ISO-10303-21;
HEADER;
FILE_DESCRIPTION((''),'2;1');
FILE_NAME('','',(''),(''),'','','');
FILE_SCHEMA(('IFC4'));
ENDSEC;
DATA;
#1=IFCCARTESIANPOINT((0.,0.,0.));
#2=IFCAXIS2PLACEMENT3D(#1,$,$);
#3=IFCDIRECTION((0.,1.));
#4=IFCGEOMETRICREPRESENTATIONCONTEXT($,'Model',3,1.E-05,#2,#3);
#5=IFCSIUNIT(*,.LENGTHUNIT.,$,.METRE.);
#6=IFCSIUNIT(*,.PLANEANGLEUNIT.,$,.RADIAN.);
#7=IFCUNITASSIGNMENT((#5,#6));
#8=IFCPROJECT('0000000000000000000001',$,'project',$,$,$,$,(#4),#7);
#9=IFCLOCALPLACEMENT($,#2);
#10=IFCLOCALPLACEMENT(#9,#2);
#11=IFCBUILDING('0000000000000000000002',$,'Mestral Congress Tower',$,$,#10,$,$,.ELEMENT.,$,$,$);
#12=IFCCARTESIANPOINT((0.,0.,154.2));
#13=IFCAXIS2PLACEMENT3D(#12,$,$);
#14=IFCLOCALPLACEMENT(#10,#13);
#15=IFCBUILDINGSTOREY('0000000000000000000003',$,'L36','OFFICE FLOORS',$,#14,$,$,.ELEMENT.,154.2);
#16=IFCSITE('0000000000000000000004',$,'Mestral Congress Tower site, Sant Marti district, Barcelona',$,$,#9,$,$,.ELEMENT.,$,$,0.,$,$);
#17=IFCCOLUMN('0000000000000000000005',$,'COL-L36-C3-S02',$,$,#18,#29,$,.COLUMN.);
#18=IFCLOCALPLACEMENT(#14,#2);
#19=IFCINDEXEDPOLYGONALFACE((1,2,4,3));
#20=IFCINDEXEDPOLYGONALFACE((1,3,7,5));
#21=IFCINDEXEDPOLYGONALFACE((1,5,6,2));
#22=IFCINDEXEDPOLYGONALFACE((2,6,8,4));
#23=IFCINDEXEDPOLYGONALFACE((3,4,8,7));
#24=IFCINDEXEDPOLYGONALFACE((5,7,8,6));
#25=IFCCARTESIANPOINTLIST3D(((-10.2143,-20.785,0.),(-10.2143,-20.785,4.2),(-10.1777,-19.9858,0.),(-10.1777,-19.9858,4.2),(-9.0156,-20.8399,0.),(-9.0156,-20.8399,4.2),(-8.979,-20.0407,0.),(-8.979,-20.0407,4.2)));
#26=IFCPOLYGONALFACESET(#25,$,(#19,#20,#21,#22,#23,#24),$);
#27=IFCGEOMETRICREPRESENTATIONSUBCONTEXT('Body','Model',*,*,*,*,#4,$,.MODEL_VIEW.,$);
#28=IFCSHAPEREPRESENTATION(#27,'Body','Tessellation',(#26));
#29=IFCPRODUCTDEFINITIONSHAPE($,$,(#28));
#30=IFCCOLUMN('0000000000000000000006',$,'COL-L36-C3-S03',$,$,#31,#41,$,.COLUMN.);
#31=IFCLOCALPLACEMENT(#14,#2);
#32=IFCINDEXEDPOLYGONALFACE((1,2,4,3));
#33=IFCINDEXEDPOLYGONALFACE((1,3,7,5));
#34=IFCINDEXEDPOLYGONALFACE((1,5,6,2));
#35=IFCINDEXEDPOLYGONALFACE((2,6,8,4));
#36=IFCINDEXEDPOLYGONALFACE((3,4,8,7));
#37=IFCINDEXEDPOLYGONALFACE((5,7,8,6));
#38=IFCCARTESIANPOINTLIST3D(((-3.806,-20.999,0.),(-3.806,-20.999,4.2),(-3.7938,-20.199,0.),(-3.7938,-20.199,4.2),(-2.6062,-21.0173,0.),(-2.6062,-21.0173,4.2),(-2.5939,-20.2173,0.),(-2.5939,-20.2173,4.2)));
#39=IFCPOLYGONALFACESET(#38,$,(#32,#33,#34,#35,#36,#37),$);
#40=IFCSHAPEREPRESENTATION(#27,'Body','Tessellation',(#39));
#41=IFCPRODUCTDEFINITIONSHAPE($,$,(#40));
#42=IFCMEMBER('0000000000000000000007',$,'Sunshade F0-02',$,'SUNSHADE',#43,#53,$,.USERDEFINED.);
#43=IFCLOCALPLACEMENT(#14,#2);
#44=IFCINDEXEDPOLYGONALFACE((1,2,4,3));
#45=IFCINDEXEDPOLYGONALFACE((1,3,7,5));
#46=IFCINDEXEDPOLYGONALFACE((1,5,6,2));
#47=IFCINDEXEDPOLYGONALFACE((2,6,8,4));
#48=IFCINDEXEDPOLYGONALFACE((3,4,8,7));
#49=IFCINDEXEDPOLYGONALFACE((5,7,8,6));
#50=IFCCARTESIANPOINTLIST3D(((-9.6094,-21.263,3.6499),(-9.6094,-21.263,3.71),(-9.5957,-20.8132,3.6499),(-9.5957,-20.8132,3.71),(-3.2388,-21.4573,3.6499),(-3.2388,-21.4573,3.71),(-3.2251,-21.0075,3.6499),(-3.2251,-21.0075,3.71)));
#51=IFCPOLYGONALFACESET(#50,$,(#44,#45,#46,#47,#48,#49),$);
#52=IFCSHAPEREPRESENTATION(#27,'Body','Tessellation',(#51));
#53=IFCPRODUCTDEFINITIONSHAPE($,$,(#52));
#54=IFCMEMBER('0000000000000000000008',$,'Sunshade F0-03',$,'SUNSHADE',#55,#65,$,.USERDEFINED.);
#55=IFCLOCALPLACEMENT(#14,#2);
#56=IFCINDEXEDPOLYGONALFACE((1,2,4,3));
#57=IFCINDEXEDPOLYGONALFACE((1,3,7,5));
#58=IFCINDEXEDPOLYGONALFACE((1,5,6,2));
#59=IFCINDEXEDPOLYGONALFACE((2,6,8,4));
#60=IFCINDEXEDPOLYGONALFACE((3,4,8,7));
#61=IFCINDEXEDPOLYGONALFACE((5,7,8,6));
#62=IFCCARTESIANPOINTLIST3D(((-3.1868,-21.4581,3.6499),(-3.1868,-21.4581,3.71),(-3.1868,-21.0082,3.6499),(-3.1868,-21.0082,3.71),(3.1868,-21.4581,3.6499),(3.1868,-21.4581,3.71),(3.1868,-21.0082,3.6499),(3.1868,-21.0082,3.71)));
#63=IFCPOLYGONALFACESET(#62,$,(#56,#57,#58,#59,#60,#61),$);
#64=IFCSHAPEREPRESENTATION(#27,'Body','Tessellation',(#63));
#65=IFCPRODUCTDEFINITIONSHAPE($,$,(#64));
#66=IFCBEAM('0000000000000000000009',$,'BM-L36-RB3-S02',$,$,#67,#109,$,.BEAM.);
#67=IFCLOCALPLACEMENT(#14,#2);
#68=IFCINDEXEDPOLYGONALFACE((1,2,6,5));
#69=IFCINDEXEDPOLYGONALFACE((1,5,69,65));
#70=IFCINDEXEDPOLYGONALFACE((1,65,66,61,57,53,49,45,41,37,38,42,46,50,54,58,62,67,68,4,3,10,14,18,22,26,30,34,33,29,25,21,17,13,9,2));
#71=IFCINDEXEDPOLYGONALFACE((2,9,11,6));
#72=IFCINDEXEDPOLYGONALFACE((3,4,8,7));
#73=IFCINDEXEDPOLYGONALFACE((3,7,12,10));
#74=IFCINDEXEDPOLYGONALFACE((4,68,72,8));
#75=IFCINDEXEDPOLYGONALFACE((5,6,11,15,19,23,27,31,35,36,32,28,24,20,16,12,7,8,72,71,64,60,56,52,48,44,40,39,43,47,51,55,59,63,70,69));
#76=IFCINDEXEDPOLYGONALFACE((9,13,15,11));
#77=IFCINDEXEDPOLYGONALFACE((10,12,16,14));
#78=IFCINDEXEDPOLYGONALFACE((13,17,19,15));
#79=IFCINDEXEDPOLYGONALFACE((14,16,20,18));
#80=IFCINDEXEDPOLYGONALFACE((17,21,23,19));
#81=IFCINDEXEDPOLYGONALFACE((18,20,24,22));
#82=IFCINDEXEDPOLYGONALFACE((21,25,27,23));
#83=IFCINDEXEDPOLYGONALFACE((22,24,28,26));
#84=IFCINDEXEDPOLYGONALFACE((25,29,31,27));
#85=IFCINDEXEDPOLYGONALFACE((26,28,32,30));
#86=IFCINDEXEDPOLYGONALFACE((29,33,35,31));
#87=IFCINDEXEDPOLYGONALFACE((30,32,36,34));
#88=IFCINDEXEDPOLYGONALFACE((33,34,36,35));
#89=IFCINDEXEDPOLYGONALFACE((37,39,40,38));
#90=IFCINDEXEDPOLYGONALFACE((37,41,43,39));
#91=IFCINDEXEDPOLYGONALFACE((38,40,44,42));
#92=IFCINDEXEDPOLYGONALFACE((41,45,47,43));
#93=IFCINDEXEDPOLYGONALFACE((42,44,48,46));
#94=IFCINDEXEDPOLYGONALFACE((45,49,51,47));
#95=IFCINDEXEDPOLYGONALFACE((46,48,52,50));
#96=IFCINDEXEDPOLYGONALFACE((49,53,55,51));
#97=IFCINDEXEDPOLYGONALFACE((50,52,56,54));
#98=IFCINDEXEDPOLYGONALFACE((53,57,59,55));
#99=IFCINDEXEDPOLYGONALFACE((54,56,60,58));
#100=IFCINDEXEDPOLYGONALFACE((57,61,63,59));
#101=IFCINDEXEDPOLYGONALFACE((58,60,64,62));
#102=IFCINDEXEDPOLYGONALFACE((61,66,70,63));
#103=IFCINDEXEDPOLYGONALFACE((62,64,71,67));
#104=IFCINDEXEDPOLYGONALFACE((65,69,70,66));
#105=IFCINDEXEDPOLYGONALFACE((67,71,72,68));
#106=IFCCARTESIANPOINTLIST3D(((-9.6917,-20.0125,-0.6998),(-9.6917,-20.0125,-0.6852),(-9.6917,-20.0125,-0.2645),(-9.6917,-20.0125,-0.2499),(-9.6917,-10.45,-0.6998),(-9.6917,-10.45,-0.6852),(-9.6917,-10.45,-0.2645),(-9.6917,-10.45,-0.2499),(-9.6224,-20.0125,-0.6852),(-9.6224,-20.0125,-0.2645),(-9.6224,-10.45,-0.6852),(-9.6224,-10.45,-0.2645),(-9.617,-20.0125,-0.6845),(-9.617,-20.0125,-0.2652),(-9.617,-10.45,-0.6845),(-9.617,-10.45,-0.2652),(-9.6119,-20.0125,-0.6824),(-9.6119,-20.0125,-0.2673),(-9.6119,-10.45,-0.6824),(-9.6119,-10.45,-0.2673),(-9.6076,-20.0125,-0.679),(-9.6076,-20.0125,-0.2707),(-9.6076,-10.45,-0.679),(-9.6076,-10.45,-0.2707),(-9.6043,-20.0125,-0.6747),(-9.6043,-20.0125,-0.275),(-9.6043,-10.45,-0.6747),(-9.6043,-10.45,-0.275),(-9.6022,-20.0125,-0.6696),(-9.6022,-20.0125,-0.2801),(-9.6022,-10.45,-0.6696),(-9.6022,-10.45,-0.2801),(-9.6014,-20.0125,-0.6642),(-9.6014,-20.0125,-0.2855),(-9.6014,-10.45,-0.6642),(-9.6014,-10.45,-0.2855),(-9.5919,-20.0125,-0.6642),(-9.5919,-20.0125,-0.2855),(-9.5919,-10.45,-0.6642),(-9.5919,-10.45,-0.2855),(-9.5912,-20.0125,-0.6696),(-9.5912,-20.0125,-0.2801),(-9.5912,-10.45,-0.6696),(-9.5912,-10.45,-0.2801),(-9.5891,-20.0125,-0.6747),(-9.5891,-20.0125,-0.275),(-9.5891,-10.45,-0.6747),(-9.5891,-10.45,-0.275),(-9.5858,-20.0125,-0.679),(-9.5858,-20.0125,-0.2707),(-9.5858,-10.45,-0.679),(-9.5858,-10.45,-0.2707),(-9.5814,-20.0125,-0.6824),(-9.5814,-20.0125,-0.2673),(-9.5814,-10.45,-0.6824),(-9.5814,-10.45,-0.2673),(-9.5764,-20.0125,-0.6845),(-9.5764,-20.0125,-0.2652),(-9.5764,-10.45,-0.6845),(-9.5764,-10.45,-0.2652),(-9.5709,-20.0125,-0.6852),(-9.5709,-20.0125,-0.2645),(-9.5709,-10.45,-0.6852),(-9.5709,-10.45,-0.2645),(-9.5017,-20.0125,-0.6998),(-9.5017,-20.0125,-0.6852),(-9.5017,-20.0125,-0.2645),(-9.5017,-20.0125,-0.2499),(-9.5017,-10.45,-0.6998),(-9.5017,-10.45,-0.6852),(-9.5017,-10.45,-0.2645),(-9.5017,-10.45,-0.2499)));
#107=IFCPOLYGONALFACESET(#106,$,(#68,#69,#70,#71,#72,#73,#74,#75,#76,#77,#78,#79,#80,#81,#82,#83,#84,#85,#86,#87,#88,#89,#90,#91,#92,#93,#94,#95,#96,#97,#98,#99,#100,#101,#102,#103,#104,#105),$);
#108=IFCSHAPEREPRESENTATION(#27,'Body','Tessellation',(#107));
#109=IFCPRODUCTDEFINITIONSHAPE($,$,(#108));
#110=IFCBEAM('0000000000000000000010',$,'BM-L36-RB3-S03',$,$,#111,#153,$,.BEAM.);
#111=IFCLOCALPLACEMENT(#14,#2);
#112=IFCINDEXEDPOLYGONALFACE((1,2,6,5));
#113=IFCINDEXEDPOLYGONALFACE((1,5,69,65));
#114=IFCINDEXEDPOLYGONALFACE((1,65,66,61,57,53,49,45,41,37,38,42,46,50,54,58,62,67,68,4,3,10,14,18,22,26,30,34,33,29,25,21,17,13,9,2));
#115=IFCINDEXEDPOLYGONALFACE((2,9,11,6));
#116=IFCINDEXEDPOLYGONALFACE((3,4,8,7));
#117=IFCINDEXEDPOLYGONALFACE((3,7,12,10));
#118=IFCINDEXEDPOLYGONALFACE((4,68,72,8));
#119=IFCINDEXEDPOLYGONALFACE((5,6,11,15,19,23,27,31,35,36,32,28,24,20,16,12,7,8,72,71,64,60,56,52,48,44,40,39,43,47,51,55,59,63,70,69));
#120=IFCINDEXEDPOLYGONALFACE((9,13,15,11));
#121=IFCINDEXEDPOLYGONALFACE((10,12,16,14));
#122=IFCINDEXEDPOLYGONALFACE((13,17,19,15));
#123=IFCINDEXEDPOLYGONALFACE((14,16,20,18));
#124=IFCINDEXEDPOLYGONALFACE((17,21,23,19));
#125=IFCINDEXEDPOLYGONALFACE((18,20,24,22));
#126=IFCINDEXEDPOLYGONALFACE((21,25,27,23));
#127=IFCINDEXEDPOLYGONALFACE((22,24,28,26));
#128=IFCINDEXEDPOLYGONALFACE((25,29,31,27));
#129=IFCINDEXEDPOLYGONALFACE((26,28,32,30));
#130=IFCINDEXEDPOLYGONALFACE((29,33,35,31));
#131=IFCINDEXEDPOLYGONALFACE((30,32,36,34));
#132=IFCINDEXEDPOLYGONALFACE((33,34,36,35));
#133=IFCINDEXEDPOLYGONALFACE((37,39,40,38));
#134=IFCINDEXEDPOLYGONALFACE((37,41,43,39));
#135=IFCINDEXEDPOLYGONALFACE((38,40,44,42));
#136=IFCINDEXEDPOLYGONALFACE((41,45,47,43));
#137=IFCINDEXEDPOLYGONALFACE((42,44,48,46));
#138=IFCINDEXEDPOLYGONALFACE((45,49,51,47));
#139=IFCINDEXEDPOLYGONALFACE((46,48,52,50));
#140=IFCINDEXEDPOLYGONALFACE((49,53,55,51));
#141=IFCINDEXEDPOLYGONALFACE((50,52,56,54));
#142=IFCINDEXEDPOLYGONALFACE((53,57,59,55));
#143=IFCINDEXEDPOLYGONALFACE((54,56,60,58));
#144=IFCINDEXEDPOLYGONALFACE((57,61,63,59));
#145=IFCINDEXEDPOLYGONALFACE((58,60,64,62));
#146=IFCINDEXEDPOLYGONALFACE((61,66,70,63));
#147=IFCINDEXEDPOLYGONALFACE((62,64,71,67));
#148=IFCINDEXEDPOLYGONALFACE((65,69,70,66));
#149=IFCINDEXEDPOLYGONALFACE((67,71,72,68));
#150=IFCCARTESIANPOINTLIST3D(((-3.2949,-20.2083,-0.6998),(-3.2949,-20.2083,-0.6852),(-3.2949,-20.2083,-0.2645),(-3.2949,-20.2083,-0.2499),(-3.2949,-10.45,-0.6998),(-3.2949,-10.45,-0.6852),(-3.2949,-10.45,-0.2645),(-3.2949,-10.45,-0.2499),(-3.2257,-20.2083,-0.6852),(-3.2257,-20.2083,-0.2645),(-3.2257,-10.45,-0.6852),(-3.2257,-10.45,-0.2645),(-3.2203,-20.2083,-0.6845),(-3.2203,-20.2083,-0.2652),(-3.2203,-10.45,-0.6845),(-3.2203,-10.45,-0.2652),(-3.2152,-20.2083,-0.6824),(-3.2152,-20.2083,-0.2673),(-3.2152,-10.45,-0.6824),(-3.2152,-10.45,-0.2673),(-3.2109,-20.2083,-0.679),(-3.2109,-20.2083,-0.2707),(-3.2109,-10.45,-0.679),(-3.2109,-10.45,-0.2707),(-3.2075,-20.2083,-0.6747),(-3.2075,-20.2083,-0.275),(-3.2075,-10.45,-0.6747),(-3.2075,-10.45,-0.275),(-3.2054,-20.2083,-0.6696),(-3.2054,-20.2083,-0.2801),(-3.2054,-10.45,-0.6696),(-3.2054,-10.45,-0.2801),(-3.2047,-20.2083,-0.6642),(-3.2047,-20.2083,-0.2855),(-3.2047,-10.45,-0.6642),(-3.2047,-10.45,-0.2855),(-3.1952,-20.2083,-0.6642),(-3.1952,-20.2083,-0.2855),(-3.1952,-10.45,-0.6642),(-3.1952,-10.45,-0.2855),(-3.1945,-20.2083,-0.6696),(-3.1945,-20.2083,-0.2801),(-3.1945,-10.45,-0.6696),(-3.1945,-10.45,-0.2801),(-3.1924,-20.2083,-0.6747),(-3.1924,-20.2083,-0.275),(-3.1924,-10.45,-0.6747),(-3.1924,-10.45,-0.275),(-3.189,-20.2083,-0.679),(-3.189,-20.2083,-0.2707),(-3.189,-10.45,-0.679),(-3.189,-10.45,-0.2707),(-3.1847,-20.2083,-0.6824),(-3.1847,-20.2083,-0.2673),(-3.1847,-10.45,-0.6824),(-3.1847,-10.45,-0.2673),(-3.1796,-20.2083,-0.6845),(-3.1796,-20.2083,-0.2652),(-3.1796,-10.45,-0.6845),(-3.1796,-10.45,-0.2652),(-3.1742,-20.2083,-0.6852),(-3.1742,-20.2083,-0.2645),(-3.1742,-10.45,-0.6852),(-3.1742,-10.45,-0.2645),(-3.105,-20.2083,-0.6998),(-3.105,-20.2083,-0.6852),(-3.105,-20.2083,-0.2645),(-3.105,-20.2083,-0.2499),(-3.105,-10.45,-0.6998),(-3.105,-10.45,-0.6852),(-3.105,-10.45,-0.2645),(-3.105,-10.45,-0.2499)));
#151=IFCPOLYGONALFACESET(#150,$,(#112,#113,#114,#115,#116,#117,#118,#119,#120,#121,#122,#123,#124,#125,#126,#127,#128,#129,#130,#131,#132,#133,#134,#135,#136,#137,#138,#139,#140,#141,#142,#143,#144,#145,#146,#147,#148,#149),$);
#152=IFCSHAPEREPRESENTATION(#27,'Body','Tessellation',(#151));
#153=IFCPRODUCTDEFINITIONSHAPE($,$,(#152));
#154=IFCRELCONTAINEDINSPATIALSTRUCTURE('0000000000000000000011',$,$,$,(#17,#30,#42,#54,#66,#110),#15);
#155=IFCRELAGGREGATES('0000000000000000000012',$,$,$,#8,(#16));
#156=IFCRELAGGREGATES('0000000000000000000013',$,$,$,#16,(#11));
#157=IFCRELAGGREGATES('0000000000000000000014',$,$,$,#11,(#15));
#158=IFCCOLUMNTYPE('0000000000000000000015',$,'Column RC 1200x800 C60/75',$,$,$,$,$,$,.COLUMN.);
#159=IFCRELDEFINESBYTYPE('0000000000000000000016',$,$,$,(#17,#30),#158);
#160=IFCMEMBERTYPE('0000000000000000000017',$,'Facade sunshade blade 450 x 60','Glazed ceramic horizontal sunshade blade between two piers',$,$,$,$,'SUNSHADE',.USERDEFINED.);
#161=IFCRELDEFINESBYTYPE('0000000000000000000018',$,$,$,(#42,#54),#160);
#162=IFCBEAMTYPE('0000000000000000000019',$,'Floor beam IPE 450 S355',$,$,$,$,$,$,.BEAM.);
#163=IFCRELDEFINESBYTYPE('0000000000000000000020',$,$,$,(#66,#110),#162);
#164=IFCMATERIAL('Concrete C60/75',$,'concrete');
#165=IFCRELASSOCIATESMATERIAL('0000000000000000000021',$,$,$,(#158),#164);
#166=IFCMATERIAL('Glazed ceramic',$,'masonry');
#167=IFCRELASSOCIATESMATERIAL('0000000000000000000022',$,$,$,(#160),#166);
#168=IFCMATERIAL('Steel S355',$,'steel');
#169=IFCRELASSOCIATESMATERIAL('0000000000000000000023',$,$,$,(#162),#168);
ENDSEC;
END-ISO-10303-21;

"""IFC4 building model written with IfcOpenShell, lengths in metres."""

from ifc_helpers import new_model, si_unit, direction, frame, origin, origin_2d, place, context, subcontext, project, spatial, rectangle, i_section, extrude, material, material_profile, profile_set, type_object, element, save


model = new_model("IFC4")

# Units and contexts
model_context = context("Model", 3, precision=1e-05, world=origin(), true_north=direction((0.0, 1.0)))
body_context = subcontext(model_context, "Body", "Model", "MODEL_VIEW")
ifc_project = project(units=[si_unit("LENGTHUNIT", "METRE"), si_unit("PLANEANGLEUNIT", "RADIAN")], contexts=[model_context])

# Site, building, storey
site_placement = place(None, origin())
site = spatial("IfcSite", under=ifc_project, at=site_placement, Name="Mestral Congress Tower site, Sant Marti district, Barcelona", CompositionType="ELEMENT", RefElevation=0.0)
building_placement = place(site_placement, origin())
building = spatial("IfcBuilding", under=site, at=building_placement, Name="Mestral Congress Tower", CompositionType="ELEMENT")
storey_placement = place(building_placement, frame((0.0, 0.0, 154.2)))
storey = spatial("IfcBuildingStorey", under=building, at=storey_placement, Name="L36", Description="OFFICE FLOORS", CompositionType="ELEMENT", Elevation=154.2)

# Columns
ifc_material_1 = material(Name="Concrete C60/75", Category="concrete")
ifc_material_profile_1 = material_profile(ifc_material_1, rectangle(XDim=1.2, YDim=0.8, at=origin_2d()), Name="RC 1200x800")
ifc_profile_set_1 = profile_set([ifc_material_profile_1], Name="Concrete C60/75")
column_type = type_object("IfcColumnType", Name="Column RC 1200x800 C60/75", PredefinedType="COLUMN", material=ifc_profile_set_1)
for number, where, z_axis, x_axis, name in (
    (1, (-9.5967, -20.4128, 0.0), (0.0, 0.0, 1.0), (0.998952, -0.045771, 0.0), "COL-L36-C3-S02"),
    (2, (-3.2, -20.6082, 0.0), (0.0, 0.0, 1.0), (0.999884, -0.015262, 0.0), "COL-L36-C3-S03"),
):
    element("IfcColumn", number, at=place(storey_placement, frame(where, z_axis=z_axis, x_axis=x_axis)), inside=storey, type_object=column_type, Name=name, PredefinedType="COLUMN", context=body_context, shape_type="SweptSolid", body=[
        extrude(rectangle(XDim=1.2, YDim=0.8, at=origin_2d()), origin(), (0.0, 0.0, 1.0), 4.2),
    ])

# Members
ifc_material_2 = material(Name="Glazed ceramic", Category="masonry")
ifc_material_profile_2 = material_profile(ifc_material_2, rectangle(XDim=0.45, YDim=0.0601, at=origin_2d()), Name="Ceramic blade 450 x 60")
ifc_profile_set_2 = profile_set([ifc_material_profile_2], Name="Glazed ceramic")
member_type = type_object("IfcMemberType", Name="Facade sunshade blade 450 x 60", Description="Glazed ceramic horizontal sunshade blade between two piers", ElementType="SUNSHADE", PredefinedType="USERDEFINED", material=ifc_profile_set_2)
for number, where, z_axis, x_axis, name in (
    (3, (-9.6025, -21.0381, 3.6799), (0.999535, -0.030491, 0.0), (0.030491, 0.999535, 0.0), "Sunshade F0-02"),
    (4, (-3.1868, -21.2332, 3.6799), (1.0, 0.0, 0.0), (0.0, 1.0, 0.0), "Sunshade F0-03"),
):
    element("IfcMember", number, at=place(storey_placement, frame(where, z_axis=z_axis, x_axis=x_axis)), inside=storey, type_object=member_type, Name=name, ObjectType="SUNSHADE", PredefinedType="USERDEFINED", context=body_context, shape_type="SweptSolid", body=[
        extrude(rectangle(XDim=0.45, YDim=0.0601, at=origin_2d()), origin(), (0.0, 0.0, 1.0), 6.3735),
    ])

# Beams
ifc_material_3 = material(Name="Steel S355", Category="steel")
ifc_material_profile_3 = material_profile(ifc_material_3, i_section(OverallWidth=0.1899, OverallDepth=0.45, WebThickness=0.0095, FlangeThickness=0.0146, FilletRadius=0.021, at=origin_2d()), Name="IPE 450")
ifc_profile_set_3 = profile_set([ifc_material_profile_3], Name="Steel S355")
beam_type_1 = type_object("IfcBeamType", Name="Floor beam IPE 450 S355", PredefinedType="BEAM", material=ifc_profile_set_3)
beam_1_placement = place(storey_placement, frame((-9.5967, -20.0125, -0.4749), z_axis=(0.0, 1.0, 0.0), x_axis=(-1.0, 0.0, 0.0)))
element("IfcBeam", 5, at=beam_1_placement, inside=storey, type_object=beam_type_1, Name="BM-L36-RB3-S02", PredefinedType="BEAM", context=body_context, shape_type="SweptSolid", body=[
    extrude(i_section(OverallWidth=0.1899, OverallDepth=0.45, WebThickness=0.0095, FlangeThickness=0.0146, FilletRadius=0.021, at=origin_2d()), origin(), (0.0, 0.0, 1.0), 9.5625),
])
beam_2_placement = place(storey_placement, frame((-3.2, -20.2083, -0.4749), z_axis=(0.0, 1.0, 0.0), x_axis=(-1.0, 0.0, 0.0)))
element("IfcBeam", 6, at=beam_2_placement, inside=storey, type_object=beam_type_1, Name="BM-L36-RB3-S03", PredefinedType="BEAM", context=body_context, shape_type="SweptSolid", body=[
    extrude(i_section(OverallWidth=0.1899, OverallDepth=0.45, WebThickness=0.0095, FlangeThickness=0.0146, FilletRadius=0.021, at=origin_2d()), origin(), (0.0, 0.0, 1.0), 9.7583),
])

save(model, "model.ifc")
